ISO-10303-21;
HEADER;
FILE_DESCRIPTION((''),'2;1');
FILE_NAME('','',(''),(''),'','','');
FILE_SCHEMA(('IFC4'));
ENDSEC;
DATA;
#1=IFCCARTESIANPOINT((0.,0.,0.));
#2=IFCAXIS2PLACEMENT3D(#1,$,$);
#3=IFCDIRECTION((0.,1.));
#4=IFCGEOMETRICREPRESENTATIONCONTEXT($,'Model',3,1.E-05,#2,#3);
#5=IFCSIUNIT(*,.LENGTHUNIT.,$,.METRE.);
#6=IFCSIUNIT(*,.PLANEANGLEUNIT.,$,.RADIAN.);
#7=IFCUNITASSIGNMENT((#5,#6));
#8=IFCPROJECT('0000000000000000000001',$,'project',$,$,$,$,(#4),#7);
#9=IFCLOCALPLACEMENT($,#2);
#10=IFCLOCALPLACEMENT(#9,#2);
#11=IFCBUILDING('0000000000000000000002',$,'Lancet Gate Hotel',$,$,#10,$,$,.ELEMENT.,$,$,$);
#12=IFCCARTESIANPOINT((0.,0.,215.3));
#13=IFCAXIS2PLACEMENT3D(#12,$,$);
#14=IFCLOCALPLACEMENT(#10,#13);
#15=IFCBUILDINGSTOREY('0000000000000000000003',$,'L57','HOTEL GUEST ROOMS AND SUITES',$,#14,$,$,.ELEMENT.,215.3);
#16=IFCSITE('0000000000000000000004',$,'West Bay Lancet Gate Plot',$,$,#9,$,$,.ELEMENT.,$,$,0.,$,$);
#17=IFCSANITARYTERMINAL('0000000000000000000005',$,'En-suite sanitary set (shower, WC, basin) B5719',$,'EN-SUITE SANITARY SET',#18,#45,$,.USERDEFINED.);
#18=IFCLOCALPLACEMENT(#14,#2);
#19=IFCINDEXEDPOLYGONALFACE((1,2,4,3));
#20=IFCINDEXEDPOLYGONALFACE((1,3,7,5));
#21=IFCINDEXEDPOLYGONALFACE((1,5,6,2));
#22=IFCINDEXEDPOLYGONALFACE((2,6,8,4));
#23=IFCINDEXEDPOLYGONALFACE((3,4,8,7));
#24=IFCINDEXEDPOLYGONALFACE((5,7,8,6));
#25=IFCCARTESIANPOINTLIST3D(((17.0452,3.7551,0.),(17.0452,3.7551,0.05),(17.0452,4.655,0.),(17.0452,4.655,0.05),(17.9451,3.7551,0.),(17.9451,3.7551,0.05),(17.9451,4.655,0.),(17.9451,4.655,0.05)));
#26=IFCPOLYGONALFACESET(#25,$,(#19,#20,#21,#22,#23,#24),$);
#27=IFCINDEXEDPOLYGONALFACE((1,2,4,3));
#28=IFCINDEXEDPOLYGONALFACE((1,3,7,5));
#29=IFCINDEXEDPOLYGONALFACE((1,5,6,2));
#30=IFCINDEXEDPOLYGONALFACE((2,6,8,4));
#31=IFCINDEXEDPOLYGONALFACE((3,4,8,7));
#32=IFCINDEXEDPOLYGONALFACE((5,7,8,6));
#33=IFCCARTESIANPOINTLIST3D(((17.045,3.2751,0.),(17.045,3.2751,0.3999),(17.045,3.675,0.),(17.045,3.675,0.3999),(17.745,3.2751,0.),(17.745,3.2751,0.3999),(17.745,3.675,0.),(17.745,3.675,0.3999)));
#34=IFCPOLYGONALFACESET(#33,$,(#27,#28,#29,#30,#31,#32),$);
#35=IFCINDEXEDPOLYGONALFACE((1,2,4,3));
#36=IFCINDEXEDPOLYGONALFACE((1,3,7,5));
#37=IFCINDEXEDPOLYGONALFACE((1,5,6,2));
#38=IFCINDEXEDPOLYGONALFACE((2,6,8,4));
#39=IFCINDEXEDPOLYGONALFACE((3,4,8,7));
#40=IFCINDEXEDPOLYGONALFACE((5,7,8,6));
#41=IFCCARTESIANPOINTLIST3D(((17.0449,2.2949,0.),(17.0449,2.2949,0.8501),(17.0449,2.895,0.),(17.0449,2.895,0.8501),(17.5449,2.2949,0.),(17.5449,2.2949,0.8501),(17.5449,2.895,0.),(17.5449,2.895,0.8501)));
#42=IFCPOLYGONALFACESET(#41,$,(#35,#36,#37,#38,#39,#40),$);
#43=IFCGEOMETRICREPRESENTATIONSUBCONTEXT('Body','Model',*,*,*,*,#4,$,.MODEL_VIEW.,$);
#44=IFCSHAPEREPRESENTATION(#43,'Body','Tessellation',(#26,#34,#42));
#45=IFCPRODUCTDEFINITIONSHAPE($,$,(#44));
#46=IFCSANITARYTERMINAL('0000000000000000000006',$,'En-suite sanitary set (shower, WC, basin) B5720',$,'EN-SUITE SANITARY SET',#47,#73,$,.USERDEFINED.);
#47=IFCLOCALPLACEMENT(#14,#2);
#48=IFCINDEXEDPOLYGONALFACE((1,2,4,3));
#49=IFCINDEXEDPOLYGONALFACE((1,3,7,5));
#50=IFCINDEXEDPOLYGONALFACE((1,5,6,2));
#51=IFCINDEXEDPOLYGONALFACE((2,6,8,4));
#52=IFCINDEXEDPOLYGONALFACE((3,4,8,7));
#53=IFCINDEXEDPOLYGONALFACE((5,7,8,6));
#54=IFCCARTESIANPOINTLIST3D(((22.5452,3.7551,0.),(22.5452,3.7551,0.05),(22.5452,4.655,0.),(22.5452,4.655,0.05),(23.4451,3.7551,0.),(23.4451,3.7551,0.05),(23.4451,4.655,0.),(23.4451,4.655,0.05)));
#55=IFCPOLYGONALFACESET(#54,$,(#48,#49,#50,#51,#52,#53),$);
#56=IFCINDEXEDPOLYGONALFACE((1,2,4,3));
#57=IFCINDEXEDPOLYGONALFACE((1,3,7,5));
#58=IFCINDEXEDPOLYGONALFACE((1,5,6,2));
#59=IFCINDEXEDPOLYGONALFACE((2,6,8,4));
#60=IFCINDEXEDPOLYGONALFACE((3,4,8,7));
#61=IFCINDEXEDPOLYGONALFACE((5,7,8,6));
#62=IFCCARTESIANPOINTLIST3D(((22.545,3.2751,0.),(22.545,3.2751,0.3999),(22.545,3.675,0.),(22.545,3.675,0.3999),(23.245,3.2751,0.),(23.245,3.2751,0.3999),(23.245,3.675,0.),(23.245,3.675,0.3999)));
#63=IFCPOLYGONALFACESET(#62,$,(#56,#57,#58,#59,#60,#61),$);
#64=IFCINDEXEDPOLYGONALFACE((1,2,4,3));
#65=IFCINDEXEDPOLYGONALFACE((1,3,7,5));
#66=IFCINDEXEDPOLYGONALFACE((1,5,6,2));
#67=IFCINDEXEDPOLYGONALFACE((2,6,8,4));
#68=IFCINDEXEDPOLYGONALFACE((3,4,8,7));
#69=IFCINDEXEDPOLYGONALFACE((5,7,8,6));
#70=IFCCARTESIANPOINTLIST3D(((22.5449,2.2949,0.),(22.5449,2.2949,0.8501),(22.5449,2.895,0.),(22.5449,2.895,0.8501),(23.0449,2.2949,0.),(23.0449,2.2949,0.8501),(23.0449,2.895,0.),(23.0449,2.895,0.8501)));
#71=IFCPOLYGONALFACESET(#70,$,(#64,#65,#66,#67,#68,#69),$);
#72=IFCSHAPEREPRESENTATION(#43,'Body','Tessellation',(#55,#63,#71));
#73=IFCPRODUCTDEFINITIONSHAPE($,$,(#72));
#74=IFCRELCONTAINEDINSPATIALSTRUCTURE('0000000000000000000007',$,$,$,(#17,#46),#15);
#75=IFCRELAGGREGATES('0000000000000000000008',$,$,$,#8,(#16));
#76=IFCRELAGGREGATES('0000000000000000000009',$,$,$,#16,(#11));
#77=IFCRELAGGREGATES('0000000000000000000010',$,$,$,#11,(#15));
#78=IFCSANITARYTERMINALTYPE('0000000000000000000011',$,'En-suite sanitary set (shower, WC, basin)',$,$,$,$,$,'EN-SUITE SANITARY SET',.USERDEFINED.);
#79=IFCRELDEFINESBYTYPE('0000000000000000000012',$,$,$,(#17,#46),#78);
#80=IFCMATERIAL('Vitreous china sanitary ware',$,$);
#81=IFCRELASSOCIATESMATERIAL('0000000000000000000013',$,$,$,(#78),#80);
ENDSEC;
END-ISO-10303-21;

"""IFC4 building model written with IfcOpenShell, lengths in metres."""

from ifc_helpers import new_model, si_unit, direction, frame, origin, origin_2d, place, context, subcontext, project, spatial, rectangle, extrude, material, type_object, element, save


model = new_model("IFC4")

# Units and contexts
model_context = context("Model", 3, precision=1e-05, world=origin(), true_north=direction((0.0, 1.0)))
body_context = subcontext(model_context, "Body", "Model", "MODEL_VIEW")
ifc_project = project(units=[si_unit("LENGTHUNIT", "METRE"), si_unit("PLANEANGLEUNIT", "RADIAN")], contexts=[model_context])

# Site, building, storey
site_placement = place(None, origin())
site = spatial("IfcSite", under=ifc_project, at=site_placement, Name="West Bay Lancet Gate Plot", CompositionType="ELEMENT", RefElevation=0.0)
building_placement = place(site_placement, origin())
building = spatial("IfcBuilding", under=site, at=building_placement, Name="Lancet Gate Hotel", CompositionType="ELEMENT")
storey_placement = place(building_placement, frame((0.0, 0.0, 215.3)))
storey = spatial("IfcBuildingStorey", under=building, at=storey_placement, Name="L57", Description="HOTEL GUEST ROOMS AND SUITES", CompositionType="ELEMENT", Elevation=215.3)

# Sanitary terminals
ifc_material_1 = material(Name="Vitreous china sanitary ware")
sanitary_terminal_type = type_object("IfcSanitaryTerminalType", Name="En-suite sanitary set (shower, WC, basin)", ElementType="EN-SUITE SANITARY SET", PredefinedType="USERDEFINED", material=ifc_material_1)
for number, where, z_axis, x_axis, name in (
    (1, (17.4951, 4.2051, 0.0), (0.0, 0.0, 1.0), (1.0, 0.0, 0.0), "En-suite sanitary set (shower, WC, basin) B5719"),
    (2, (22.9951, 4.2051, 0.0), (0.0, 0.0, 1.0), (1.0, 0.0, 0.0), "En-suite sanitary set (shower, WC, basin) B5720"),
):
    element("IfcSanitaryTerminal", number, at=place(storey_placement, frame(where, z_axis=z_axis, x_axis=x_axis)), inside=storey, type_object=sanitary_terminal_type, Name=name, ObjectType="EN-SUITE SANITARY SET", PredefinedType="USERDEFINED", context=body_context, shape_type="SweptSolid", body=[
        extrude(rectangle(XDim=0.8999, YDim=0.8999, at=origin_2d()), frame((0.0, 0.0, 0.0), z_axis=(0.0, 0.0, 1.0), x_axis=(0.0, 1.0, 0.0)), (0.0, 0.0, 1.0), 0.05),
        extrude(rectangle(XDim=0.3999, YDim=0.7, at=origin_2d()), frame((-0.1001, -0.73, 0.0), z_axis=(0.0, 0.0, 1.0), x_axis=(0.0, 1.0, 0.0)), (0.0, 0.0, 1.0), 0.3999),
        extrude(rectangle(XDim=0.6001, YDim=0.5, at=origin_2d()), frame((-0.2002, -1.6101, 0.0), z_axis=(0.0, 0.0, 1.0), x_axis=(0.0, 1.0, 0.0)), (0.0, 0.0, 1.0), 0.8501),
    ])

save(model, "model.ifc")
